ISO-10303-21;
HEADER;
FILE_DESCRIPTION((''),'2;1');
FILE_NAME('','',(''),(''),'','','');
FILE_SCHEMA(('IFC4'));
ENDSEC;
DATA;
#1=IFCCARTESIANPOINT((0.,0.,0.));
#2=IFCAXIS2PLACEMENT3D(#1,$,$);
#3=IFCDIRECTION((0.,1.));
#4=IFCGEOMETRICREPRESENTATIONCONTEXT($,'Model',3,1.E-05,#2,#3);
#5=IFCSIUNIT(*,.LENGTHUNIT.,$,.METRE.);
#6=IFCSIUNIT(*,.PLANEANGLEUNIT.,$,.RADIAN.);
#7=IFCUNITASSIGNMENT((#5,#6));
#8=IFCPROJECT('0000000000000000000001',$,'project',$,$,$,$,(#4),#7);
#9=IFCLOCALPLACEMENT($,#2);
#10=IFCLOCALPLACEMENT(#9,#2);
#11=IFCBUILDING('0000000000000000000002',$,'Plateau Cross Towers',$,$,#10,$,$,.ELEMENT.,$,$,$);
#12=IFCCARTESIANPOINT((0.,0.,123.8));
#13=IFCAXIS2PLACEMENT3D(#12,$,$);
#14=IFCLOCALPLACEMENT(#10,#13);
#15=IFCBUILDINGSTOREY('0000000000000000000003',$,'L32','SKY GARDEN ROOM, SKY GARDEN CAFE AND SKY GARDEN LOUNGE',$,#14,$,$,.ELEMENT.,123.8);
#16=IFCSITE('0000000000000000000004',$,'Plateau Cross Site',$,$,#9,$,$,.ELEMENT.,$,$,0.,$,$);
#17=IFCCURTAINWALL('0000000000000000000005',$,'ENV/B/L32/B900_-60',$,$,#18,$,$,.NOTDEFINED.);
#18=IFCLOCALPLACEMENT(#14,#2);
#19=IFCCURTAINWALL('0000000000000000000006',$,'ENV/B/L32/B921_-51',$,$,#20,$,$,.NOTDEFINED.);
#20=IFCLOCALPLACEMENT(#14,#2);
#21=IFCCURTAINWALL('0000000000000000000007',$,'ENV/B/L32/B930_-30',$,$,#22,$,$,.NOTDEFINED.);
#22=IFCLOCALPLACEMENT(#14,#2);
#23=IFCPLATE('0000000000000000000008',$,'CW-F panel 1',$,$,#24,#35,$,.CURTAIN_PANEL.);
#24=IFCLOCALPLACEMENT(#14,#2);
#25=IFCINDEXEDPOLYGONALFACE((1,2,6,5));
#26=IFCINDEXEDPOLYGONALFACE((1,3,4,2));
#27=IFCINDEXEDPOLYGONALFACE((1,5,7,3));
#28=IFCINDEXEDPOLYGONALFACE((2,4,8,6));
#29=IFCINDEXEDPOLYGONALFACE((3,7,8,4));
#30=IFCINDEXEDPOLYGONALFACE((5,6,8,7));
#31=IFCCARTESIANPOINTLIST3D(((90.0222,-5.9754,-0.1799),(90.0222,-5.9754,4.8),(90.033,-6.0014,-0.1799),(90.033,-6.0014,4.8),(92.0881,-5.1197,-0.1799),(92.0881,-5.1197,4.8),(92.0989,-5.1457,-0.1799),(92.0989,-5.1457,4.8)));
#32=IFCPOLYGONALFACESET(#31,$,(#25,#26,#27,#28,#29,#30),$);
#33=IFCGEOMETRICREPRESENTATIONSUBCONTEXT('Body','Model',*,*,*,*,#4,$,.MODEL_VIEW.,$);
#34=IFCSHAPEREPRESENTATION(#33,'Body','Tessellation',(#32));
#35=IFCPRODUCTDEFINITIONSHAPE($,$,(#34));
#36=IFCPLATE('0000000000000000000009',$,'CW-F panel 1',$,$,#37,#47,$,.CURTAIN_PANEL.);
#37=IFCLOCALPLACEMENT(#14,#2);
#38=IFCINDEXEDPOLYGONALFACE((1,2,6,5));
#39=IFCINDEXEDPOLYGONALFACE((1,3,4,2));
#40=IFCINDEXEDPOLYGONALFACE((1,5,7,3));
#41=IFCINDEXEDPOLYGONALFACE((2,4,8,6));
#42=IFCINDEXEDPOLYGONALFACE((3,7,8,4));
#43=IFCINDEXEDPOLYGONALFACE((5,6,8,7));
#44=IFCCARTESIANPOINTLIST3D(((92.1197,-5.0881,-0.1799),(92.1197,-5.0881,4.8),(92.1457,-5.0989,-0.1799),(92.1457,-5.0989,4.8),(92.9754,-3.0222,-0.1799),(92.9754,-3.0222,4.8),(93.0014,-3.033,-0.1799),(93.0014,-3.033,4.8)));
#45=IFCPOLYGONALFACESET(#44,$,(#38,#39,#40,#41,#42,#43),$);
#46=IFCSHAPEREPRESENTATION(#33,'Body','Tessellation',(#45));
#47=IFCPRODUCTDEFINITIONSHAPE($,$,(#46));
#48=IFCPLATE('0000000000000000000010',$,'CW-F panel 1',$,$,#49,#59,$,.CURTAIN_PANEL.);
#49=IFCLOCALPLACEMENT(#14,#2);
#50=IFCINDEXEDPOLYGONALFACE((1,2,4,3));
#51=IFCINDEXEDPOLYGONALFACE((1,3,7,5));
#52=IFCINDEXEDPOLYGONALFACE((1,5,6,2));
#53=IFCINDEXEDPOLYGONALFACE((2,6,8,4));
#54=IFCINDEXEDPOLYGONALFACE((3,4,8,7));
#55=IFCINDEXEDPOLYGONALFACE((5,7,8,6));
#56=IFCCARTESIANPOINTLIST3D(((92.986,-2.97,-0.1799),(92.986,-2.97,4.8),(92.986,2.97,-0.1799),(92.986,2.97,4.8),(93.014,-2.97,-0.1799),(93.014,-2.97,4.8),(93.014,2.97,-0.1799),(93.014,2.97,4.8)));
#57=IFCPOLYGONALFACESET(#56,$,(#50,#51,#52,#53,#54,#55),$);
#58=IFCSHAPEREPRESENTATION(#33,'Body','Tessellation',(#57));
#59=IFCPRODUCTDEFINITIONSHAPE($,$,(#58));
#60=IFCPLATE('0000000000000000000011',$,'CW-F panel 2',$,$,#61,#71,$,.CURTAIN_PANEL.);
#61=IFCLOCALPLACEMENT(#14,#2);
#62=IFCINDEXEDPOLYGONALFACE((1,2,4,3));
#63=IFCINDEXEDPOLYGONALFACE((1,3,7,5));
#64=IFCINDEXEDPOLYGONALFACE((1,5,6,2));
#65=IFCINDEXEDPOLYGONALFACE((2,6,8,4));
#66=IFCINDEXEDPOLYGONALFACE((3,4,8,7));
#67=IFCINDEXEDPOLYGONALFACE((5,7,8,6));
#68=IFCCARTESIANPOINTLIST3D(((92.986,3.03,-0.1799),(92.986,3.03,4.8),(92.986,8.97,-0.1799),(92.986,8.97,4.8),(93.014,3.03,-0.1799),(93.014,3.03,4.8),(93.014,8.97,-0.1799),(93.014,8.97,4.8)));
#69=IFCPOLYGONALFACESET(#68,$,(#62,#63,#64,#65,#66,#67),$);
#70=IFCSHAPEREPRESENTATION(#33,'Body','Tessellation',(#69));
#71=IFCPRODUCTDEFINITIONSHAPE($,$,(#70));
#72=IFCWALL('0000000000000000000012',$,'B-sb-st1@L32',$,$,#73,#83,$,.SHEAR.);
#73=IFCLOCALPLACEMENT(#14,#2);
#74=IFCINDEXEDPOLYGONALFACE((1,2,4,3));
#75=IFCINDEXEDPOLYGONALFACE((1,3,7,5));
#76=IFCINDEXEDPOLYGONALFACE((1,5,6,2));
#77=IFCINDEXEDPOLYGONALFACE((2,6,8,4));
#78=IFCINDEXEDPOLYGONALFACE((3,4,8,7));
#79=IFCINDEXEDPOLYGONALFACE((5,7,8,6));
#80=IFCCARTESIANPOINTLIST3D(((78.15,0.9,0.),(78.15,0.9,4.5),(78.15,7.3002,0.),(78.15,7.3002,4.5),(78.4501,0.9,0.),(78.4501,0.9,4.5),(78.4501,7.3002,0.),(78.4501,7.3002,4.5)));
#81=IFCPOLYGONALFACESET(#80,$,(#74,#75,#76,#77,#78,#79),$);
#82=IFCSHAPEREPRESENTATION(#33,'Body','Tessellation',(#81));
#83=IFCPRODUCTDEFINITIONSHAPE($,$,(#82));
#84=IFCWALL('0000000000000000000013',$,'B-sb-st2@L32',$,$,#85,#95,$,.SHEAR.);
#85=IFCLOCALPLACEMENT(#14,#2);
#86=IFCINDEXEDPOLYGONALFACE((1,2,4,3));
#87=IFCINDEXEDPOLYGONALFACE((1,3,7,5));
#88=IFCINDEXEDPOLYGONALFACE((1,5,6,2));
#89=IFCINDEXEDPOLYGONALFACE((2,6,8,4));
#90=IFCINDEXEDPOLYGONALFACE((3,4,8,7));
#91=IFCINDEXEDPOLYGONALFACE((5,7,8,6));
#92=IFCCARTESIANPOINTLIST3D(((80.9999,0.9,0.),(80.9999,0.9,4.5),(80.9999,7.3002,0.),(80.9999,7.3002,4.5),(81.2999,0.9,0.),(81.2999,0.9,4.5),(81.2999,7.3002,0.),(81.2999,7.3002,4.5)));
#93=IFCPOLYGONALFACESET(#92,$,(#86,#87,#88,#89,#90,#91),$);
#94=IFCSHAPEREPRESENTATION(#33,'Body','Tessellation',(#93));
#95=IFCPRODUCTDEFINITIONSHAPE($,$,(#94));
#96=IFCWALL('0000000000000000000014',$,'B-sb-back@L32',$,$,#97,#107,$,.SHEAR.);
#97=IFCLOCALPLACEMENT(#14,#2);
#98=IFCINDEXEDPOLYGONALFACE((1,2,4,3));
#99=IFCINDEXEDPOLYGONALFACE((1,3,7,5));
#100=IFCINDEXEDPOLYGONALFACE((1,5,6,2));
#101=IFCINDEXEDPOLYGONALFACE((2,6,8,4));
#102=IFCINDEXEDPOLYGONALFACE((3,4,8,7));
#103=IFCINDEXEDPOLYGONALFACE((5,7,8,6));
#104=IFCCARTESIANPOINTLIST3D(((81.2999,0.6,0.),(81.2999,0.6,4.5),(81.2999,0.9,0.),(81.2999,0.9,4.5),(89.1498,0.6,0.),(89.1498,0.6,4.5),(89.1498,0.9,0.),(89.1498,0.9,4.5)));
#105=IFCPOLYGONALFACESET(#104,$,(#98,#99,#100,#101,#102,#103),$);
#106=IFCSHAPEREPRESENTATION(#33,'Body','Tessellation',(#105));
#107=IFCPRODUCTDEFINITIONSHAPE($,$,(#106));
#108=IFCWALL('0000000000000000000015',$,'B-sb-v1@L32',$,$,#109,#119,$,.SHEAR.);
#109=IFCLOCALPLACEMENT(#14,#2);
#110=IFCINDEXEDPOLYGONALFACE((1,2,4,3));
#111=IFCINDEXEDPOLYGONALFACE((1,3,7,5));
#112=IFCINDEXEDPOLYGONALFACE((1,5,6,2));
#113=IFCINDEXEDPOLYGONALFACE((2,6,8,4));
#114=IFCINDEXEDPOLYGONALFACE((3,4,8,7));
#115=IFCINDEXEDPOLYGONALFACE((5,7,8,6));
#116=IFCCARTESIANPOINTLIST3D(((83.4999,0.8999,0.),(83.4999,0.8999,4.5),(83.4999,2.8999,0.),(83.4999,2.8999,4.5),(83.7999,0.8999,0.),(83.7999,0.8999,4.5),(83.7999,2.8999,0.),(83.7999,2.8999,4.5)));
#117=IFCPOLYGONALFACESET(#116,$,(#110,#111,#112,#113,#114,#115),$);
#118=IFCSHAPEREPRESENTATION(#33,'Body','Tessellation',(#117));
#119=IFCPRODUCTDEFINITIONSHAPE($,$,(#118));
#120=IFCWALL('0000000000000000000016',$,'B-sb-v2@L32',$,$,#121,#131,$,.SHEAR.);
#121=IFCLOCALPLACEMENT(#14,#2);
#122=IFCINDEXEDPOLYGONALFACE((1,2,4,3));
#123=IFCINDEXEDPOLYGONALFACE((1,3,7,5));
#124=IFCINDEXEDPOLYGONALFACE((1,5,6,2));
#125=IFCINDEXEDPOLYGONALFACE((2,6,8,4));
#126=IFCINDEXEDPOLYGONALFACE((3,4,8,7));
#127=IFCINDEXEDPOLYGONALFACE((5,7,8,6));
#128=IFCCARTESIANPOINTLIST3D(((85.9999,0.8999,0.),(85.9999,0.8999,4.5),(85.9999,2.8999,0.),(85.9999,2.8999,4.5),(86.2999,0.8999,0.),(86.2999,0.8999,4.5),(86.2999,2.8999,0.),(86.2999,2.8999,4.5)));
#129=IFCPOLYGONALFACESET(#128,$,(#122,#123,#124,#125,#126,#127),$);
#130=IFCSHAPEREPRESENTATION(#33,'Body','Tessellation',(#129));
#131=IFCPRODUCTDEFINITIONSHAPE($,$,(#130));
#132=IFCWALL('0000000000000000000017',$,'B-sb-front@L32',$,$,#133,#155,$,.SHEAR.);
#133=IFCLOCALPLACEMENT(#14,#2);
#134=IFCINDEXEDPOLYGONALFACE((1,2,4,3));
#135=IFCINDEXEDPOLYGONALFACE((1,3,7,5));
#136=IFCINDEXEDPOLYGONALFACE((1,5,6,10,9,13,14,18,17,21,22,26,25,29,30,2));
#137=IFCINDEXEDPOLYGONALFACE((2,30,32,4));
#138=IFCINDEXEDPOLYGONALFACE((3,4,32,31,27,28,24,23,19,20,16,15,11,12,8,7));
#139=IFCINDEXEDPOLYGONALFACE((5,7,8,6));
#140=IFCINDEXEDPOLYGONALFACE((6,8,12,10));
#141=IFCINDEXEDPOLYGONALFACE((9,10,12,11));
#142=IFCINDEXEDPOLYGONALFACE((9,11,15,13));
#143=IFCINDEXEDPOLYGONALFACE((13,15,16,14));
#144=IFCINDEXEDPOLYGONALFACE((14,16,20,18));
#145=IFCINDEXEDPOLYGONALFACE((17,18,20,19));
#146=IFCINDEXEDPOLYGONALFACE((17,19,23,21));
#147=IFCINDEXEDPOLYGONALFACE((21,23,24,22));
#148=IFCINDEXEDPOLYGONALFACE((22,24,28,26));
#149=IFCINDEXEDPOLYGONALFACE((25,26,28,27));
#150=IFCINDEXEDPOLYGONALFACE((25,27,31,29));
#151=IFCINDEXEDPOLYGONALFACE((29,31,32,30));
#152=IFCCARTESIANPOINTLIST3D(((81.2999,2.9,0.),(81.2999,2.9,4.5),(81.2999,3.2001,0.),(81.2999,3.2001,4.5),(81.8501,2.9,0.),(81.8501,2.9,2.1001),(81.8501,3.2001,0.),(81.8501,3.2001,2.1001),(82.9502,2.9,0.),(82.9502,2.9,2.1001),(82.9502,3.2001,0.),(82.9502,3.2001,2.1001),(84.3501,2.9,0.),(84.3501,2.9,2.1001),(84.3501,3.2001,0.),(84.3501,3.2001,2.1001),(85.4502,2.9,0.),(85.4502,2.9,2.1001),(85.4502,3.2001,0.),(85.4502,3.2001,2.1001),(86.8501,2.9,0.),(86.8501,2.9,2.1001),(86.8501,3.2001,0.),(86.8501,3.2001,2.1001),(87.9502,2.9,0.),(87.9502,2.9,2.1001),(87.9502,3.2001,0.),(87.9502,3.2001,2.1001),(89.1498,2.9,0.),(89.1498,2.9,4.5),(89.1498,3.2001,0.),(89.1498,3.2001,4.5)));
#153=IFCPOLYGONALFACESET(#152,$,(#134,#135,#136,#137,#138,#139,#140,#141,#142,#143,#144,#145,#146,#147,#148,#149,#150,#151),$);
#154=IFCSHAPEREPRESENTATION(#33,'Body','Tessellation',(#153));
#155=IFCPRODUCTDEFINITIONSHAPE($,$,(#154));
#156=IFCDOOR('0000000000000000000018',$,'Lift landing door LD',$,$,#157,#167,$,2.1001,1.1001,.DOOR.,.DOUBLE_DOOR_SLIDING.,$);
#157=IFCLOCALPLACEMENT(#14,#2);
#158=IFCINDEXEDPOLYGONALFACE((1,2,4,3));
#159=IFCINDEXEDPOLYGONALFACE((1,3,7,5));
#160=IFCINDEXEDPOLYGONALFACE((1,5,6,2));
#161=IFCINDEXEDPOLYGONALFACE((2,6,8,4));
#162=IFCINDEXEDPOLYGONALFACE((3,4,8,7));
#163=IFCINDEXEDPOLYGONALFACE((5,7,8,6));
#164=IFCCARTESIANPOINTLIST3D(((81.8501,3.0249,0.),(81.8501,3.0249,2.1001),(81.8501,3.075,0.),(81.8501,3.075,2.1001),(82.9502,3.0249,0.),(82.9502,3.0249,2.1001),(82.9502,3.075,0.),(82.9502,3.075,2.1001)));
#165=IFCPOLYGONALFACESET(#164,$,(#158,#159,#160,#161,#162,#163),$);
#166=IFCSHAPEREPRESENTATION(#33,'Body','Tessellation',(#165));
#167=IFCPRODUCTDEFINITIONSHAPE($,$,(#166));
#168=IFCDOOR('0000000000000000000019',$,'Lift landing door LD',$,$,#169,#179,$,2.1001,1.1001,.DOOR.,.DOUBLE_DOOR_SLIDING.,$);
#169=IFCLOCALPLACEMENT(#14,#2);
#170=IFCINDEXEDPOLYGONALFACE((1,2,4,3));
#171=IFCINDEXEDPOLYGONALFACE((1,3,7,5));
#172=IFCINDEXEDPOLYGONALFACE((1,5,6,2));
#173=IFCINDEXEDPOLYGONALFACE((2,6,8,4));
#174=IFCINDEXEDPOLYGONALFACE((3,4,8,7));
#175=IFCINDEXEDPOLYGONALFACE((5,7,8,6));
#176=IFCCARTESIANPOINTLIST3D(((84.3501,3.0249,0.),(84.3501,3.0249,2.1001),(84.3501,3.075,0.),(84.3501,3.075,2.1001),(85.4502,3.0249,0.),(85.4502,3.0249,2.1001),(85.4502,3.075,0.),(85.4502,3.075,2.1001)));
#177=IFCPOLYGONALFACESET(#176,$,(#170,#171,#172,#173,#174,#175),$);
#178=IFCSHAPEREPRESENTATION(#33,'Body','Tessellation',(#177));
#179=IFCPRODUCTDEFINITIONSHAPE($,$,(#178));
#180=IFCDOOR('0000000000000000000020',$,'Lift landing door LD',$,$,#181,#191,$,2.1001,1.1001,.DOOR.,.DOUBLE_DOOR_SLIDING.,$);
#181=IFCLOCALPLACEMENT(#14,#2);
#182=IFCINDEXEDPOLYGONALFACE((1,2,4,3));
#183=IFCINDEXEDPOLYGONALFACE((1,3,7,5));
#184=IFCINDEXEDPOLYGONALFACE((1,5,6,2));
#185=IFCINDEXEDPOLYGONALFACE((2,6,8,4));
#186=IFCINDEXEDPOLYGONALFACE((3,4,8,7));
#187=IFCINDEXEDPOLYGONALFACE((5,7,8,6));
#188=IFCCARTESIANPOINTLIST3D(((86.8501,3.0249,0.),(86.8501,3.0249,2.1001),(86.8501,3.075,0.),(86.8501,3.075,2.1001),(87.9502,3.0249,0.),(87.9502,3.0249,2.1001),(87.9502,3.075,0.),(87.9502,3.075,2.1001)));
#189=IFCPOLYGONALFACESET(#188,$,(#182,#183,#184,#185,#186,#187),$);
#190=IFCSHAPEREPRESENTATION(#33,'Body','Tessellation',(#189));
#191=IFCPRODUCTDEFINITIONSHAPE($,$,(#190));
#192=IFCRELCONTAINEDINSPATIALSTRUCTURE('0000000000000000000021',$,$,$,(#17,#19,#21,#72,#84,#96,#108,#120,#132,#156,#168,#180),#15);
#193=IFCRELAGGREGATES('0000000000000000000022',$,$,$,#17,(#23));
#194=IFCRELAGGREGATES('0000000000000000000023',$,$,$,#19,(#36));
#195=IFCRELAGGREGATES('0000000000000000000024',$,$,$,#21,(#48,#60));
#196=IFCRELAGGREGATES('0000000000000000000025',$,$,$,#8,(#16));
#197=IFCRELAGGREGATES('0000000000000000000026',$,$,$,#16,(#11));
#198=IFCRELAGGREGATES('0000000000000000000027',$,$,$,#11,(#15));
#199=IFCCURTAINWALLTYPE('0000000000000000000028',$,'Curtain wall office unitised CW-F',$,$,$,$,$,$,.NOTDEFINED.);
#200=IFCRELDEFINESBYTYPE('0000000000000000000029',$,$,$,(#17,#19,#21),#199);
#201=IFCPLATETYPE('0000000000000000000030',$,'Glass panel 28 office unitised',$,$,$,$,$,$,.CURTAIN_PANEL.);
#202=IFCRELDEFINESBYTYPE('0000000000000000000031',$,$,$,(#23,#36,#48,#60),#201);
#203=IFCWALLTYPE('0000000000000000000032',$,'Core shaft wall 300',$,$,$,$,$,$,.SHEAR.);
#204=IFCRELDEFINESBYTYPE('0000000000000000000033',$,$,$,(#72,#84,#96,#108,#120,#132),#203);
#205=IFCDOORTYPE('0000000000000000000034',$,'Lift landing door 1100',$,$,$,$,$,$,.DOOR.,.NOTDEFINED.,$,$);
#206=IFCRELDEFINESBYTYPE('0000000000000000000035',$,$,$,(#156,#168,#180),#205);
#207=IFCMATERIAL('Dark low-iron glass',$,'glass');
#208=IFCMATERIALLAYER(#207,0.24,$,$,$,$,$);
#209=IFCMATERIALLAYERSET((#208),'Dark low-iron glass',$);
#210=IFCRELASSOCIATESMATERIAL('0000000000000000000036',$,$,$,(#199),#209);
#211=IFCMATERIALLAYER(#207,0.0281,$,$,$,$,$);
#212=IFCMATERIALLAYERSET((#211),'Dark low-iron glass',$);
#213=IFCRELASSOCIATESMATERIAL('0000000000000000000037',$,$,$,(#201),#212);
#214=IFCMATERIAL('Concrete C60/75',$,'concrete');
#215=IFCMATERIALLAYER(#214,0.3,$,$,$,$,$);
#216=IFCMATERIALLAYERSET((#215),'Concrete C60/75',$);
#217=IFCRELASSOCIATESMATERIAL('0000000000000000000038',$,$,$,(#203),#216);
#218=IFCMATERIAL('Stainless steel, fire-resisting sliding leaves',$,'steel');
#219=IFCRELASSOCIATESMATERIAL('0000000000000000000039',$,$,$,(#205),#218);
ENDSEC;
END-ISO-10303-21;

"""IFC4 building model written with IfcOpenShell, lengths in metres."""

from ifc_helpers import new_model, si_unit, direction, frame, frame_2d, origin, origin_2d, place, context, subcontext, project, spatial, rectangle, extrude, material, layer, layer_set, type_object, element, fill, aggregate, save


model = new_model("IFC4")

# Units and contexts
model_context = context("Model", 3, precision=1e-05, world=origin(), true_north=direction((0.0, 1.0)))
body_context = subcontext(model_context, "Body", "Model", "MODEL_VIEW")
ifc_project = project(units=[si_unit("LENGTHUNIT", "METRE"), si_unit("PLANEANGLEUNIT", "RADIAN")], contexts=[model_context])

# Site, building, storey
site_placement = place(None, origin())
site = spatial("IfcSite", under=ifc_project, at=site_placement, Name="Plateau Cross Site", CompositionType="ELEMENT", RefElevation=0.0)
building_placement = place(site_placement, origin())
building = spatial("IfcBuilding", under=site, at=building_placement, Name="Plateau Cross Towers", CompositionType="ELEMENT")
storey_placement = place(building_placement, frame((0.0, 0.0, 123.8)))
storey = spatial("IfcBuildingStorey", under=building, at=storey_placement, Name="L32", Description="SKY GARDEN ROOM, SKY GARDEN CAFE AND SKY GARDEN LOUNGE", CompositionType="ELEMENT", Elevation=123.8)

# Shared definitions
ifc_material_1 = material(Name="Concrete C60/75", Category="concrete")

# Curtain walls
ifc_material_2 = material(Name="Dark low-iron glass", Category="glass")
ifc_layer_1 = layer(ifc_material_2, 0.24)
ifc_layer_set_1 = layer_set([ifc_layer_1], Name="Dark low-iron glass")
curtain_wall_type = type_object("IfcCurtainWallType", Name="Curtain wall office unitised CW-F", PredefinedType="NOTDEFINED", material=ifc_layer_set_1)
curtain_wall_1_placement = place(storey_placement, origin())
curtain_wall_1 = element("IfcCurtainWall", 1, at=curtain_wall_1_placement, inside=storey, type_object=curtain_wall_type, Name="ENV/B/L32/B900_-60", PredefinedType="NOTDEFINED")
curtain_wall_2_placement = place(storey_placement, origin())
curtain_wall_2 = element("IfcCurtainWall", 2, at=curtain_wall_2_placement, inside=storey, type_object=curtain_wall_type, Name="ENV/B/L32/B921_-51", PredefinedType="NOTDEFINED")

# Curtain wall
curtain_wall_3_placement = place(storey_placement, origin())
curtain_wall_3 = element("IfcCurtainWall", 3, at=curtain_wall_3_placement, inside=storey, type_object=curtain_wall_type, Name="ENV/B/L32/B930_-30", PredefinedType="NOTDEFINED")

# Plates
ifc_layer_2 = layer(ifc_material_2, 0.0281)
ifc_layer_set_2 = layer_set([ifc_layer_2], Name="Dark low-iron glass")
plate_type = type_object("IfcPlateType", Name="Glass panel 28 office unitised", PredefinedType="CURTAIN_PANEL", material=ifc_layer_set_2)
plate_1_placement = place(storey_placement, frame((91.0605, -5.5605, -0.1799), z_axis=(0.0, 0.0, 1.0), x_axis=(0.923879, 0.382684, 0.0)))
plate_1 = element("IfcPlate", 4, at=plate_1_placement, type_object=plate_type, Name="CW-F panel 1", PredefinedType="CURTAIN_PANEL", context=body_context, shape_type="SweptSolid", body=[
    extrude(rectangle(XDim=2.2361, YDim=0.0281, at=origin_2d()), origin(), (0.0, 0.0, 1.0), 4.98),
])
aggregate(curtain_wall_1, [plate_1])
plate_2_placement = place(storey_placement, frame((92.5605, -4.0605, -0.1799), z_axis=(0.0, 0.0, 1.0), x_axis=(0.382684, 0.923879, 0.0)))
plate_2 = element("IfcPlate", 5, at=plate_2_placement, type_object=plate_type, Name="CW-F panel 1", PredefinedType="CURTAIN_PANEL", context=body_context, shape_type="SweptSolid", body=[
    extrude(rectangle(XDim=2.2361, YDim=0.0281, at=origin_2d()), origin(), (0.0, 0.0, 1.0), 4.98),
])
aggregate(curtain_wall_2, [plate_2])
plate_3_placement = place(storey_placement, frame((93.0, 0.0, -0.1799), z_axis=(0.0, 0.0, 1.0), x_axis=(0.0, 1.0, 0.0)))
plate_3 = element("IfcPlate", 6, at=plate_3_placement, type_object=plate_type, Name="CW-F panel 1", PredefinedType="CURTAIN_PANEL", context=body_context, shape_type="SweptSolid", body=[
    extrude(rectangle(XDim=5.9399, YDim=0.0281, at=origin_2d()), origin(), (0.0, 0.0, 1.0), 4.98),
])
plate_4_placement = place(storey_placement, frame((93.0, 6.0, -0.1799), z_axis=(0.0, 0.0, 1.0), x_axis=(0.0, 1.0, 0.0)))
plate_4 = element("IfcPlate", 7, at=plate_4_placement, type_object=plate_type, Name="CW-F panel 2", PredefinedType="CURTAIN_PANEL", context=body_context, shape_type="SweptSolid", body=[
    extrude(rectangle(XDim=5.9399, YDim=0.0281, at=origin_2d()), origin(), (0.0, 0.0, 1.0), 4.98),
])
aggregate(curtain_wall_3, [plate_3, plate_4])

# Walls
ifc_layer_3 = layer(ifc_material_1, 0.3)
ifc_layer_set_3 = layer_set([ifc_layer_3], Name="Concrete C60/75")
wall_type_1 = type_object("IfcWallType", Name="Core shaft wall 300", PredefinedType="SHEAR", material=ifc_layer_set_3)
for number, where, z_axis, x_axis, name in (
    (8, (78.3, 0.8999, 0.0), (0.0, 0.0, 1.0), (0.0, 1.0, 0.0), "B-sb-st1@L32"),
    (9, (81.1499, 0.8999, 0.0), (0.0, 0.0, 1.0), (0.0, 1.0, 0.0), "B-sb-st2@L32"),
):
    element("IfcWall", number, at=place(storey_placement, frame(where, z_axis=z_axis, x_axis=x_axis)), inside=storey, type_object=wall_type_1, Name=name, PredefinedType="SHEAR", context=body_context, shape_type="SweptSolid", body=[
        extrude(rectangle(XDim=6.4001, YDim=0.3, at=frame_2d((3.2002, 0.0))), origin(), (0.0, 0.0, 1.0), 4.5),
    ])
wall_1_placement = place(storey_placement, frame((81.3, 0.75, 0.0), z_axis=(0.0, 0.0, 1.0), x_axis=(1.0, 0.0, 0.0)))
element("IfcWall", 10, at=wall_1_placement, inside=storey, type_object=wall_type_1, Name="B-sb-back@L32", PredefinedType="SHEAR", context=body_context, shape_type="SweptSolid", body=[
    extrude(rectangle(XDim=7.8499, YDim=0.3, at=frame_2d((3.9248, 0.0))), origin(), (0.0, 0.0, 1.0), 4.5),
])
for number, where, z_axis, x_axis, name in (
    (11, (83.6499, 0.8999, 0.0), (0.0, 0.0, 1.0), (0.0, 1.0, 0.0), "B-sb-v1@L32"),
    (12, (86.1499, 0.8999, 0.0), (0.0, 0.0, 1.0), (0.0, 1.0, 0.0), "B-sb-v2@L32"),
):
    element("IfcWall", number, at=place(storey_placement, frame(where, z_axis=z_axis, x_axis=x_axis)), inside=storey, type_object=wall_type_1, Name=name, PredefinedType="SHEAR", context=body_context, shape_type="SweptSolid", body=[
        extrude(rectangle(XDim=2.0, YDim=0.3, at=frame_2d((1.0, 0.0))), origin(), (0.0, 0.0, 1.0), 4.5),
    ])

# Wall, openings, doors
wall_2_placement = place(storey_placement, frame((81.3, 3.05, 0.0), z_axis=(0.0, 0.0, 1.0), x_axis=(1.0, 0.0, 0.0)))
wall_2 = element("IfcWall", 13, at=wall_2_placement, inside=storey, type_object=wall_type_1, Name="B-sb-front@L32", PredefinedType="SHEAR", context=body_context, shape_type="SweptSolid", body=[
    extrude(rectangle(XDim=7.8499, YDim=0.3, at=frame_2d((3.9248, 0.0))), origin(), (0.0, 0.0, 1.0), 4.5),
])
opening_1_placement = place(wall_2_placement, frame((0.55, 0.0, 0.0)))
opening_1 = element("IfcOpeningElement", 14, at=opening_1_placement, cuts=wall_2, PredefinedType="OPENING", context=body_context, shape_type="SweptSolid", body=[
    extrude(rectangle(XDim=1.1001, YDim=2.1001, at=frame_2d((0.55, 1.05))), frame((0.0, 0.1599, 0.0), z_axis=(0.0, -1.0, 0.0), x_axis=(1.0, 0.0, 0.0)), (0.0, 0.0, 1.0), 0.3201),
])
opening_2_placement = place(wall_2_placement, frame((3.05, 0.0, 0.0)))
opening_2 = element("IfcOpeningElement", 15, at=opening_2_placement, cuts=wall_2, PredefinedType="OPENING", context=body_context, shape_type="SweptSolid", body=[
    extrude(rectangle(XDim=1.1001, YDim=2.1001, at=frame_2d((0.55, 1.05))), frame((0.0, 0.1599, 0.0), z_axis=(0.0, -1.0, 0.0), x_axis=(1.0, 0.0, 0.0)), (0.0, 0.0, 1.0), 0.3201),
])
opening_3_placement = place(wall_2_placement, frame((5.55, 0.0, 0.0)))
opening_3 = element("IfcOpeningElement", 16, at=opening_3_placement, cuts=wall_2, PredefinedType="OPENING", context=body_context, shape_type="SweptSolid", body=[
    extrude(rectangle(XDim=1.1001, YDim=2.1001, at=frame_2d((0.55, 1.05))), frame((0.0, 0.1599, 0.0), z_axis=(0.0, -1.0, 0.0), x_axis=(1.0, 0.0, 0.0)), (0.0, 0.0, 1.0), 0.3201),
])
ifc_material_3 = material(Name="Stainless steel, fire-resisting sliding leaves", Category="steel")
door_type_1 = type_object("IfcDoorType", Name="Lift landing door 1100", OperationType="NOTDEFINED", PredefinedType="DOOR", material=ifc_material_3)
door_1_placement = place(opening_1_placement, origin())
door_1 = element("IfcDoor", 17, at=door_1_placement, inside=storey, type_object=door_type_1, Name="Lift landing door LD", OperationType="DOUBLE_DOOR_SLIDING", OverallHeight=2.1001, OverallWidth=1.1001, PredefinedType="DOOR", context=body_context, shape_type="SweptSolid", body=[
    extrude(rectangle(XDim=1.1001, YDim=2.1001, at=frame_2d((0.55, 1.05))), frame((0.0, 0.0249, 0.0), z_axis=(0.0, -1.0, 0.0), x_axis=(1.0, 0.0, 0.0)), (0.0, 0.0, 1.0), 0.05),
])
fill(opening_1, door_1)
door_2_placement = place(opening_2_placement, origin())
door_2 = element("IfcDoor", 18, at=door_2_placement, inside=storey, type_object=door_type_1, Name="Lift landing door LD", OperationType="DOUBLE_DOOR_SLIDING", OverallHeight=2.1001, OverallWidth=1.1001, PredefinedType="DOOR", context=body_context, shape_type="SweptSolid", body=[
    extrude(rectangle(XDim=1.1001, YDim=2.1001, at=frame_2d((0.55, 1.05))), frame((0.0, 0.0249, 0.0), z_axis=(0.0, -1.0, 0.0), x_axis=(1.0, 0.0, 0.0)), (0.0, 0.0, 1.0), 0.05),
])
fill(opening_2, door_2)
door_3_placement = place(opening_3_placement, origin())
door_3 = element("IfcDoor", 19, at=door_3_placement, inside=storey, type_object=door_type_1, Name="Lift landing door LD", OperationType="DOUBLE_DOOR_SLIDING", OverallHeight=2.1001, OverallWidth=1.1001, PredefinedType="DOOR", context=body_context, shape_type="SweptSolid", body=[
    extrude(rectangle(XDim=1.1001, YDim=2.1001, at=frame_2d((0.55, 1.05))), frame((0.0, 0.0249, 0.0), z_axis=(0.0, -1.0, 0.0), x_axis=(1.0, 0.0, 0.0)), (0.0, 0.0, 1.0), 0.05),
])
fill(opening_3, door_3)

save(model, "model.ifc")
